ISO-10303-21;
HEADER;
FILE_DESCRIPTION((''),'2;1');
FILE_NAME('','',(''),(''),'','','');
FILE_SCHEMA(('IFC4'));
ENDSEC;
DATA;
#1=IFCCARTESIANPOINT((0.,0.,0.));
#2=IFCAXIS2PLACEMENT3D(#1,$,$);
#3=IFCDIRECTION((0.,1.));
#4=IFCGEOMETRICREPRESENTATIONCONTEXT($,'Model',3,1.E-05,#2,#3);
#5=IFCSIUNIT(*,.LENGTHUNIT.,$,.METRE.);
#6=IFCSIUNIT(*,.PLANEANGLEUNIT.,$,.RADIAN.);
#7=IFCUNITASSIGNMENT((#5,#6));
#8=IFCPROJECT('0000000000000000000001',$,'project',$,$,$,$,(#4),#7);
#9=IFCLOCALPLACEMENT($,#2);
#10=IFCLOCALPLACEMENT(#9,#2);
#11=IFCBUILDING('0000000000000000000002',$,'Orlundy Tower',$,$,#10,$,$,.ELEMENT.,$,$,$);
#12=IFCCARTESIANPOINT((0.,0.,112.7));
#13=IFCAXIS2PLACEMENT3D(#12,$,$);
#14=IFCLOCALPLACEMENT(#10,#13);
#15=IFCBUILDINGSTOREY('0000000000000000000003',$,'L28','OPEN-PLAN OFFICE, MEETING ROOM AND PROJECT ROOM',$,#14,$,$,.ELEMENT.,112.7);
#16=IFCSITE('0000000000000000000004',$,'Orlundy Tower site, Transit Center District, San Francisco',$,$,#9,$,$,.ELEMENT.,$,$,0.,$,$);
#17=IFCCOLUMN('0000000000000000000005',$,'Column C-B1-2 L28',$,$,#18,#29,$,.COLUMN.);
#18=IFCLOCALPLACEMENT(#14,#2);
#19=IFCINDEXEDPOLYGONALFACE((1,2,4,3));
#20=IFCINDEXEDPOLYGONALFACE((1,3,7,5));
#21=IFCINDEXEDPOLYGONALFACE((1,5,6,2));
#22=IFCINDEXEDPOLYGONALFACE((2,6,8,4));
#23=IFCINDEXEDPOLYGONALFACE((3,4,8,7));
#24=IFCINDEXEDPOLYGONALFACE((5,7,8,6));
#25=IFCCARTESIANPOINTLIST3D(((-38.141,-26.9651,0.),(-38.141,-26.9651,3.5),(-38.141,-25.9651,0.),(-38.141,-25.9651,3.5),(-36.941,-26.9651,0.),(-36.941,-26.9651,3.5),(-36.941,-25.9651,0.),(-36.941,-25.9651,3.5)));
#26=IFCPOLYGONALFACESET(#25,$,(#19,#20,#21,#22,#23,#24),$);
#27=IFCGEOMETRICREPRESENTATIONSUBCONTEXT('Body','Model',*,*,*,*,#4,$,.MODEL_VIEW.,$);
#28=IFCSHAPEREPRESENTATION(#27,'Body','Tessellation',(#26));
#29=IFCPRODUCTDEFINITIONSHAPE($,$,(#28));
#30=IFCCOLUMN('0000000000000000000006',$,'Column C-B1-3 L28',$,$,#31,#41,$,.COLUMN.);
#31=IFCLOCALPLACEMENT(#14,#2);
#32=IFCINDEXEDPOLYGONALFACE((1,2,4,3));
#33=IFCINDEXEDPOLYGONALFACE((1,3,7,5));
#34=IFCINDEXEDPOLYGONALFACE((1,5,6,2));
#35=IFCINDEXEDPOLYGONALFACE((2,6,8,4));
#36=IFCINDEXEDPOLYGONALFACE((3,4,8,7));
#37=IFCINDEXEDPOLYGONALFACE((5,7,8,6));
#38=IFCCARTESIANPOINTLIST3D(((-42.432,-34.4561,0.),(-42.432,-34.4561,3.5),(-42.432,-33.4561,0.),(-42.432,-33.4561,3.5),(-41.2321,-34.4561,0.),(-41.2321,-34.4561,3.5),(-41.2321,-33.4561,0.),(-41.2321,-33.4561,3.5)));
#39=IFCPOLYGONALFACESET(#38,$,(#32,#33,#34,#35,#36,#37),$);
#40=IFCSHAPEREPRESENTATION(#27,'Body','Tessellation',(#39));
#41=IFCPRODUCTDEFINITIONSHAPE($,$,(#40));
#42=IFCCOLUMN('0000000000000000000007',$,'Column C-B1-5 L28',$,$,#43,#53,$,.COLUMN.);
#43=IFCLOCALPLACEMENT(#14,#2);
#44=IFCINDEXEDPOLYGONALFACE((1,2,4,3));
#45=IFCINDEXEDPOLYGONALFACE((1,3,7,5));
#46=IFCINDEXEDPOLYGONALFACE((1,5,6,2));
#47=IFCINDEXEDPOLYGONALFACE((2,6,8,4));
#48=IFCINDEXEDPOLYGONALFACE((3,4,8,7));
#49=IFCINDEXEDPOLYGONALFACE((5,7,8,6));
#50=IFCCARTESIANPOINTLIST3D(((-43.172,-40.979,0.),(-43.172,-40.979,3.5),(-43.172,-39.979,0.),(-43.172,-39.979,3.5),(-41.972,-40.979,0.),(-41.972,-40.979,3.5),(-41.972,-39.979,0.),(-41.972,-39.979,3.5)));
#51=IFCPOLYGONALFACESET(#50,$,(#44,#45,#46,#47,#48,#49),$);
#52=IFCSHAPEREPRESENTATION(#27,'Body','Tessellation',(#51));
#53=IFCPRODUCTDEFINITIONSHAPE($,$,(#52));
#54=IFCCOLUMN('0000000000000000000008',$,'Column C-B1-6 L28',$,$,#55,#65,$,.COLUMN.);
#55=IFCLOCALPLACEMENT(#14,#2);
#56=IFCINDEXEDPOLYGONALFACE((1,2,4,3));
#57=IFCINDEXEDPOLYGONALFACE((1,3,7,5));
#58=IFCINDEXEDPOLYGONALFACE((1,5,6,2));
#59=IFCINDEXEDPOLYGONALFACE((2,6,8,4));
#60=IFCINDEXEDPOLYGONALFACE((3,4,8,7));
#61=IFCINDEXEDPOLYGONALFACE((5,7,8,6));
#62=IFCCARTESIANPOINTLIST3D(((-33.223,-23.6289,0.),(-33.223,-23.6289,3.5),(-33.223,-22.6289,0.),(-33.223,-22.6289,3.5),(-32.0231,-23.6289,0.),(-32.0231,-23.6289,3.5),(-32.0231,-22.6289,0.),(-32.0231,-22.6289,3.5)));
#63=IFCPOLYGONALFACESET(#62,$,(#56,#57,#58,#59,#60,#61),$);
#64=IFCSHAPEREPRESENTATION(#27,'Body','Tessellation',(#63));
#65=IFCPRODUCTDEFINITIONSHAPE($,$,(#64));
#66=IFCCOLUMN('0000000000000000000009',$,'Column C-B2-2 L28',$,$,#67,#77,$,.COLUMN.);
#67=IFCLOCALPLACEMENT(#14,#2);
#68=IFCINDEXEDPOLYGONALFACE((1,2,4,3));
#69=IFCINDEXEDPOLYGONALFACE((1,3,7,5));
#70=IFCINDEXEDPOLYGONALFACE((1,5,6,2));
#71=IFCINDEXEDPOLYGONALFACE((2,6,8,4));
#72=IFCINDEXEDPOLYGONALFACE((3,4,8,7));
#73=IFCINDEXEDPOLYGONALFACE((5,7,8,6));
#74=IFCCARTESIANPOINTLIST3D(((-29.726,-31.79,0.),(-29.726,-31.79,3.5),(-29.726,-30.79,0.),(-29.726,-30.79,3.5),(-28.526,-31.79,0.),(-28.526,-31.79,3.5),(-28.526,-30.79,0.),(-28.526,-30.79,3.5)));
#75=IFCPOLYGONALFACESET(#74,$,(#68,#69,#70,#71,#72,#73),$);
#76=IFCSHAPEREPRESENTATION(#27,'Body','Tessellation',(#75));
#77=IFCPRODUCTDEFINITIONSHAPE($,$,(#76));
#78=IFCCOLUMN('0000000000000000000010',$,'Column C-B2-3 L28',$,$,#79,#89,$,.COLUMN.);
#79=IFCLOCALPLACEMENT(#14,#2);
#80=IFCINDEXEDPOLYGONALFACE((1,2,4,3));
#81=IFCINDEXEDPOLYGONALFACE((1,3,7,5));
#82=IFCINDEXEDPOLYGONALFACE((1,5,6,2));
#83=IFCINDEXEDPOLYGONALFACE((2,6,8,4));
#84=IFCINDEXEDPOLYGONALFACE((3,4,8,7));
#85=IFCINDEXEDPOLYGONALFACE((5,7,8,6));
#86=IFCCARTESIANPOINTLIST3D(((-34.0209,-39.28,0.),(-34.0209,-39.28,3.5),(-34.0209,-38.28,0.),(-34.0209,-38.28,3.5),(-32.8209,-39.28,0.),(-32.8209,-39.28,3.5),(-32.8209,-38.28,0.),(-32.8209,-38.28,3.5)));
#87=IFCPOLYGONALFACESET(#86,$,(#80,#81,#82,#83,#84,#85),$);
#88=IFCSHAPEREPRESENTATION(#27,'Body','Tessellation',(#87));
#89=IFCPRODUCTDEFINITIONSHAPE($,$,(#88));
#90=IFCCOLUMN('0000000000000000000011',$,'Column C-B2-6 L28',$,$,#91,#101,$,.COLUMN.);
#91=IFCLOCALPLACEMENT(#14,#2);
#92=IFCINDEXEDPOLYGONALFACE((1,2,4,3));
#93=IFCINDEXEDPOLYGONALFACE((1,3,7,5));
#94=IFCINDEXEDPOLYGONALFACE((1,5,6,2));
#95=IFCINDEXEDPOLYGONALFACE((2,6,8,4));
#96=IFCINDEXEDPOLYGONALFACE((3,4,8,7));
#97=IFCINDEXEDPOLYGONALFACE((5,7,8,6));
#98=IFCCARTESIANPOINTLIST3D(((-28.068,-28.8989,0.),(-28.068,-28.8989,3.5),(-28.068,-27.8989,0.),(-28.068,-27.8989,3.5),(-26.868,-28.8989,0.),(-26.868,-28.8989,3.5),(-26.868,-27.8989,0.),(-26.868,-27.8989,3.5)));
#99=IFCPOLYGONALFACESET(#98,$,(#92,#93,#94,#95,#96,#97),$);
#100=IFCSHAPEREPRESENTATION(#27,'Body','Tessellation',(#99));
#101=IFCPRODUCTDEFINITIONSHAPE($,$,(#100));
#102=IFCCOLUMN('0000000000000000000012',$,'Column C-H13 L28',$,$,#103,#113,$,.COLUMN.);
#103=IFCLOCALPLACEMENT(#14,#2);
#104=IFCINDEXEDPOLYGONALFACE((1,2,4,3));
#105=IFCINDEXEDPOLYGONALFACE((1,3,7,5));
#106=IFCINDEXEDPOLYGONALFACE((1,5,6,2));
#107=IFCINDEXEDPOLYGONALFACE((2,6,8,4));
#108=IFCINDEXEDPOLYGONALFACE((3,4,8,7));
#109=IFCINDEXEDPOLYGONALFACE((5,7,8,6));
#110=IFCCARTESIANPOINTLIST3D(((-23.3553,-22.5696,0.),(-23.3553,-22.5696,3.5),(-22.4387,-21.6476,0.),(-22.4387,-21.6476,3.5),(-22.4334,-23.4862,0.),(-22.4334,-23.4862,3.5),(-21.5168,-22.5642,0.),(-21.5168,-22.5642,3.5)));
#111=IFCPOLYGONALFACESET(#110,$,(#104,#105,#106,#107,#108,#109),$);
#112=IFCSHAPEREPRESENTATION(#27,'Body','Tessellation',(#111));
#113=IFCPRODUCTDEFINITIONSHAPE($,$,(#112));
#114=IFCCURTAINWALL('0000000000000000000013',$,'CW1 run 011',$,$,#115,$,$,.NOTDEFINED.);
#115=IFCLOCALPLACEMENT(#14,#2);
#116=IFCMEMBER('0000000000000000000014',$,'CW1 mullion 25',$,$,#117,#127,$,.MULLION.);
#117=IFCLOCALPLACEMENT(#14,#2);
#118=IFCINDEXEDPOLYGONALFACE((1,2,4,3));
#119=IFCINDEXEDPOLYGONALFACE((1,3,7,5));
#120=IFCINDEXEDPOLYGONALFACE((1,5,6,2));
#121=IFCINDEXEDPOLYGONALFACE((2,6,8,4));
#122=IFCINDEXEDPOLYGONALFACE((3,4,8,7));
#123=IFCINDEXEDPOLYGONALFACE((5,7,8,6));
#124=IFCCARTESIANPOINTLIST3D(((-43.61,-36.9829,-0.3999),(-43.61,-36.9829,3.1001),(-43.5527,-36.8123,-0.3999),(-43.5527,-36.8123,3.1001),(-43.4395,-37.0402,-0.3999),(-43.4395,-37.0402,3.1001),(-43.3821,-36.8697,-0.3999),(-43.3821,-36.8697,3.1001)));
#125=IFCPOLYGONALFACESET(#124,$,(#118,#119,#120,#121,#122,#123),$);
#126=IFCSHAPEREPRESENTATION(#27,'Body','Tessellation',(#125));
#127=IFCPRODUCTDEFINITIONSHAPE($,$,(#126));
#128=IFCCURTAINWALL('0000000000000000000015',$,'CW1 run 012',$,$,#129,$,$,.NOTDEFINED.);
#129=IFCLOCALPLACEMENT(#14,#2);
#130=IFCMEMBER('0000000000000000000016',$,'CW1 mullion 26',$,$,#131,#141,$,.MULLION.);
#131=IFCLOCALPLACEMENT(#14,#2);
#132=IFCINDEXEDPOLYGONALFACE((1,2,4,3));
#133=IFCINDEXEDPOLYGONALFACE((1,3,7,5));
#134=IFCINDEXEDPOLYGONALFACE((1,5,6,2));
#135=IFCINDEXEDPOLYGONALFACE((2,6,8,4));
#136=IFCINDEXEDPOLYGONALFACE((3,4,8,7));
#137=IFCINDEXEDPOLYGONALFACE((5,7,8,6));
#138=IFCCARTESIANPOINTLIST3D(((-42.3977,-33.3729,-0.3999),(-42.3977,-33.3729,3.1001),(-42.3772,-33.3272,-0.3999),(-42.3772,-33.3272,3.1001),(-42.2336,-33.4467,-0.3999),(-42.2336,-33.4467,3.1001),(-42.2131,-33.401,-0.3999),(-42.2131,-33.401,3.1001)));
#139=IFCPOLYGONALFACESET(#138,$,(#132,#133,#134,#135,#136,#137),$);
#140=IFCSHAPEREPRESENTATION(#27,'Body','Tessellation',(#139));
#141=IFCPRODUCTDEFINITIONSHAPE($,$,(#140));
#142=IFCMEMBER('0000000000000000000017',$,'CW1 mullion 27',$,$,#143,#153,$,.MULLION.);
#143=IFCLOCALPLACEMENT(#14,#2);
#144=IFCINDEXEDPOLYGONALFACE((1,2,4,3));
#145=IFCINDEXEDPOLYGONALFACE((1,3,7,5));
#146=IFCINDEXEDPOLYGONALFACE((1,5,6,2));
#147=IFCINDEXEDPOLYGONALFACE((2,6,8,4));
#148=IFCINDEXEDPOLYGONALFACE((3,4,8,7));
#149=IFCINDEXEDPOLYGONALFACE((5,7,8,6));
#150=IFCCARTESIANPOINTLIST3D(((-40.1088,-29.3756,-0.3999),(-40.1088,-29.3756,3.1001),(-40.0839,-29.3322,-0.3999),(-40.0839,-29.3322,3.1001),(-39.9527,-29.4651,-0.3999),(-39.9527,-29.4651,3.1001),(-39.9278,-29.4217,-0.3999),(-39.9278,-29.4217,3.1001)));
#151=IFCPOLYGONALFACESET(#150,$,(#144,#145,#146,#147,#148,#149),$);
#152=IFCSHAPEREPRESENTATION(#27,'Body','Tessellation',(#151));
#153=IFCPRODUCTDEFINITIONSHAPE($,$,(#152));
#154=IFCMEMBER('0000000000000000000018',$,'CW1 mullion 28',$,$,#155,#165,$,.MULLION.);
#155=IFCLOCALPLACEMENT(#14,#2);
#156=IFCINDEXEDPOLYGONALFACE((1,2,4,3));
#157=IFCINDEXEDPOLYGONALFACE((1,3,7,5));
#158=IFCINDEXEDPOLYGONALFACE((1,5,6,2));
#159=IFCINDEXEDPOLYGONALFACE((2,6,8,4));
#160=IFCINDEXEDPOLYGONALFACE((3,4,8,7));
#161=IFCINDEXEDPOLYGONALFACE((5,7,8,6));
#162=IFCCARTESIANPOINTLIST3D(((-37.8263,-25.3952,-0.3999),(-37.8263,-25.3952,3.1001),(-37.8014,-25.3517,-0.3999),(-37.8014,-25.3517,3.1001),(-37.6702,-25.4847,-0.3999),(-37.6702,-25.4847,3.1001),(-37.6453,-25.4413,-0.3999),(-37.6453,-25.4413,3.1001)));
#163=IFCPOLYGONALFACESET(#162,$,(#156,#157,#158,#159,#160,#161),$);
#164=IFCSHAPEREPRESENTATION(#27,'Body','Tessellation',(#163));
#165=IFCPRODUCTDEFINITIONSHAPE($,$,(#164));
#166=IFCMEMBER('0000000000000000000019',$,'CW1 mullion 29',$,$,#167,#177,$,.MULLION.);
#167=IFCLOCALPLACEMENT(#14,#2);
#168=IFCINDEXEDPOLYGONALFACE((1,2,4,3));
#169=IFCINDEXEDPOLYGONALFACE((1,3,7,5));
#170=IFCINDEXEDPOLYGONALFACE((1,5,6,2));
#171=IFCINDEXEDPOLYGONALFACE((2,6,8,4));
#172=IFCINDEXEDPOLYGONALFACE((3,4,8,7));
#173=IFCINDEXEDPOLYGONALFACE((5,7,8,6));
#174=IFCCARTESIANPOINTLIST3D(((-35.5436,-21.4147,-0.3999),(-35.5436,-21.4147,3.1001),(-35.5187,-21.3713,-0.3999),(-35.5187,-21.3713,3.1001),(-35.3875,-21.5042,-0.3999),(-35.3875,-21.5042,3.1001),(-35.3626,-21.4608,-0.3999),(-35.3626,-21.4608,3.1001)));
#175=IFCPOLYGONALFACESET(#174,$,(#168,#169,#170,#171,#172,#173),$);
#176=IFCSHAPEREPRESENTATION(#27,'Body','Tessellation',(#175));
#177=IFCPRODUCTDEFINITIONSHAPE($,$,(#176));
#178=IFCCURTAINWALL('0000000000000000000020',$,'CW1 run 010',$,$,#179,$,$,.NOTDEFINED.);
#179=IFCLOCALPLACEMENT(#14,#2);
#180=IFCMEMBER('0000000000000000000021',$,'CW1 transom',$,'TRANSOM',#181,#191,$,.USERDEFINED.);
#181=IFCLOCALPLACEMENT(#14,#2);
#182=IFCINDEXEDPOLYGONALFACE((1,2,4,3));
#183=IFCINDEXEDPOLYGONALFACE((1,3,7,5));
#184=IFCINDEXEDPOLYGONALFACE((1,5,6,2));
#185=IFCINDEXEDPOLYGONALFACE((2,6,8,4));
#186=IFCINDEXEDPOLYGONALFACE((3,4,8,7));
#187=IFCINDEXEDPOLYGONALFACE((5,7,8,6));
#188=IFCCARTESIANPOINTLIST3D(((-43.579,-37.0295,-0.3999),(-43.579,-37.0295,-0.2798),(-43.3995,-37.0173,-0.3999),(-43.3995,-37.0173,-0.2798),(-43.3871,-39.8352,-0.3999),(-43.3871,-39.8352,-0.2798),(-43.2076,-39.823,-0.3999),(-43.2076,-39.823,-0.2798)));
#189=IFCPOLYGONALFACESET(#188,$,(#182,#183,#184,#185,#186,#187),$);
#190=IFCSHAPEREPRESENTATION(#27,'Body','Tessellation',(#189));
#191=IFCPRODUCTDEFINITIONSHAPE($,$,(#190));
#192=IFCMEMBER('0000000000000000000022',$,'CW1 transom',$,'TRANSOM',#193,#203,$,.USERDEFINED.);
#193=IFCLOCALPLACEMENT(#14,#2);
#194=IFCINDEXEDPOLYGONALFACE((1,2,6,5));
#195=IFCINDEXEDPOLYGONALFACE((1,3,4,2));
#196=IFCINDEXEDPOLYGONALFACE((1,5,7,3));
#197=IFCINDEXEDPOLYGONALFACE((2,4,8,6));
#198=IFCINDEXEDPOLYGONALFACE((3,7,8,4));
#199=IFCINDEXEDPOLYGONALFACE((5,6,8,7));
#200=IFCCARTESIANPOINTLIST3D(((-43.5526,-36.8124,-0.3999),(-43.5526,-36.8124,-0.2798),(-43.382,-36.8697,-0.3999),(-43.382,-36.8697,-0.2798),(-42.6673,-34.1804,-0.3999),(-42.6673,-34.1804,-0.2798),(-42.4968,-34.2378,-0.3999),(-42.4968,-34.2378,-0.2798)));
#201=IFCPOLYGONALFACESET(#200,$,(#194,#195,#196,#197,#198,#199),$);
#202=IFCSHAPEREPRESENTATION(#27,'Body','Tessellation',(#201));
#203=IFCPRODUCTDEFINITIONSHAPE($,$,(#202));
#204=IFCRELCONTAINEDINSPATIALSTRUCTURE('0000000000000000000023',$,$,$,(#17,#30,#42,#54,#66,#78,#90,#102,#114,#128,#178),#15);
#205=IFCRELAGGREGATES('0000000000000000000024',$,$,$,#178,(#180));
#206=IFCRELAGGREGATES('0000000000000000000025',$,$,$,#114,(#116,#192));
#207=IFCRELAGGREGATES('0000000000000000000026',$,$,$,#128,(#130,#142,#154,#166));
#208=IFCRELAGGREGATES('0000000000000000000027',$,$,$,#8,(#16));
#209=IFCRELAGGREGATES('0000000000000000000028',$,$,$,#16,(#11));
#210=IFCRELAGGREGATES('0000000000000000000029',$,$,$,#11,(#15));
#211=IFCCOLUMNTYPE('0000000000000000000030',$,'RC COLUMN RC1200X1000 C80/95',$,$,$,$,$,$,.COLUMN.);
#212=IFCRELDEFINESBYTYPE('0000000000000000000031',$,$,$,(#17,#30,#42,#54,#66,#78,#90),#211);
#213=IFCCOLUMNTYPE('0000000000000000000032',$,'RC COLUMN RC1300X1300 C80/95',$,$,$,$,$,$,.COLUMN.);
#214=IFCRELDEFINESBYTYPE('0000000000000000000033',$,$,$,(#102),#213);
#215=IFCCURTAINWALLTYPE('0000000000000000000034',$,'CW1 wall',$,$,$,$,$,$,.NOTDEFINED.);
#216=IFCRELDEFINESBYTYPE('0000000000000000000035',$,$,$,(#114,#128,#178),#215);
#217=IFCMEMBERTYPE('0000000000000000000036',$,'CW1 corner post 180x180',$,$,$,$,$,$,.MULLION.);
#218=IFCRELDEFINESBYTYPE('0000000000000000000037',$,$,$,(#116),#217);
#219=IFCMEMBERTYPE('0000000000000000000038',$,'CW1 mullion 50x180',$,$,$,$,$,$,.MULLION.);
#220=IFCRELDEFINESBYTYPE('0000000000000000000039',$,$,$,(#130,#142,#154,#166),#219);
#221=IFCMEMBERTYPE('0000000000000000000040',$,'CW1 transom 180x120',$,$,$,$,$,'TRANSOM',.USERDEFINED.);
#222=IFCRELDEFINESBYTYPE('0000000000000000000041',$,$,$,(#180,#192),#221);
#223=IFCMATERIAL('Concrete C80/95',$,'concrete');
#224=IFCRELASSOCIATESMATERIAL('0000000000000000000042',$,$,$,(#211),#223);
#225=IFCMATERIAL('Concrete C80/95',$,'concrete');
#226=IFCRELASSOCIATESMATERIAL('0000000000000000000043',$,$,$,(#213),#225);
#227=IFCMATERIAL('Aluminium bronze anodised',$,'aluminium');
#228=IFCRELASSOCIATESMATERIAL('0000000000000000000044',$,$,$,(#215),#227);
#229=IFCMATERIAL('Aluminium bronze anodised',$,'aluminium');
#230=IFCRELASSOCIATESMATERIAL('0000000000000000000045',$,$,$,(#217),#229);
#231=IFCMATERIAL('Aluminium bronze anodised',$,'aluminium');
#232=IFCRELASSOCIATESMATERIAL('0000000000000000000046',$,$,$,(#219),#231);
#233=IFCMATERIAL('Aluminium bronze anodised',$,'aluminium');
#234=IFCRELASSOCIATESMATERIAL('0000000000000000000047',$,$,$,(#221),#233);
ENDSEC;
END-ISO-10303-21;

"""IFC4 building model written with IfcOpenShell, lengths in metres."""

from ifc_helpers import new_model, si_unit, direction, frame, origin, origin_2d, place, context, subcontext, project, spatial, rectangle, extrude, material, material_profile, profile_set, type_object, element, aggregate, save


model = new_model("IFC4")

# Units and contexts
model_context = context("Model", 3, precision=1e-05, world=origin(), true_north=direction((0.0, 1.0)))
body_context = subcontext(model_context, "Body", "Model", "MODEL_VIEW")
ifc_project = project(units=[si_unit("LENGTHUNIT", "METRE"), si_unit("PLANEANGLEUNIT", "RADIAN")], contexts=[model_context])

# Site, building, storey
site_placement = place(None, origin())
site = spatial("IfcSite", under=ifc_project, at=site_placement, Name="Orlundy Tower site, Transit Center District, San Francisco", CompositionType="ELEMENT", RefElevation=0.0)
building_placement = place(site_placement, origin())
building = spatial("IfcBuilding", under=site, at=building_placement, Name="Orlundy Tower", CompositionType="ELEMENT")
storey_placement = place(building_placement, frame((0.0, 0.0, 112.7)))
storey = spatial("IfcBuildingStorey", under=building, at=storey_placement, Name="L28", Description="OPEN-PLAN OFFICE, MEETING ROOM AND PROJECT ROOM", CompositionType="ELEMENT", Elevation=112.7)

# Columns
ifc_material_1 = material(Name="Concrete C80/95", Category="concrete")
ifc_material_profile_1 = material_profile(ifc_material_1, rectangle(XDim=1.2, YDim=1.0, at=origin_2d()), Name="RC1200X1000")
ifc_profile_set_1 = profile_set([ifc_material_profile_1], Name="Concrete C80/95")
column_type_1 = type_object("IfcColumnType", Name="RC COLUMN RC1200X1000 C80/95", PredefinedType="COLUMN", material=ifc_profile_set_1)
for number, where, z_axis, x_axis, name in (
    (1, (-37.541, -26.4651, 0.0), (0.0, 0.0, 1.0), (1.0, 0.0, 0.0), "Column C-B1-2 L28"),
    (2, (-41.832, -33.9561, 0.0), (0.0, 0.0, 1.0), (1.0, 0.0, 0.0), "Column C-B1-3 L28"),
    (3, (-42.572, -40.479, 0.0), (0.0, 0.0, 1.0), (1.0, 0.0, 0.0), "Column C-B1-5 L28"),
    (4, (-32.623, -23.1289, 0.0), (0.0, 0.0, 1.0), (1.0, 0.0, 0.0), "Column C-B1-6 L28"),
    (5, (-29.126, -31.29, 0.0), (0.0, 0.0, 1.0), (1.0, 0.0, 0.0), "Column C-B2-2 L28"),
    (6, (-33.4209, -38.78, 0.0), (0.0, 0.0, 1.0), (1.0, 0.0, 0.0), "Column C-B2-3 L28"),
    (7, (-27.468, -28.3989, 0.0), (0.0, 0.0, 1.0), (1.0, 0.0, 0.0), "Column C-B2-6 L28"),
):
    element("IfcColumn", number, at=place(storey_placement, frame(where, z_axis=z_axis, x_axis=x_axis)), inside=storey, type_object=column_type_1, Name=name, PredefinedType="COLUMN", context=body_context, shape_type="SweptSolid", body=[
        extrude(rectangle(XDim=1.2, YDim=1.0, at=origin_2d()), origin(), (0.0, 0.0, 1.0), 3.5),
    ])
ifc_material_2 = material(Name="Concrete C80/95", Category="concrete")
ifc_material_profile_2 = material_profile(ifc_material_2, rectangle(XDim=1.3, YDim=1.3, at=origin_2d()), Name="RC1300X1300")
ifc_profile_set_2 = profile_set([ifc_material_profile_2], Name="Concrete C80/95")
column_type_2 = type_object("IfcColumnType", Name="RC COLUMN RC1300X1300 C80/95", PredefinedType="COLUMN", material=ifc_profile_set_2)
column_placement = place(storey_placement, frame((-22.436, -22.5669, 0.0), z_axis=(0.0, 0.0, 1.0), x_axis=(-0.705043, -0.709165, 0.0)))
element("IfcColumn", 8, at=column_placement, inside=storey, type_object=column_type_2, Name="Column C-H13 L28", PredefinedType="COLUMN", context=body_context, shape_type="SweptSolid", body=[
    extrude(rectangle(XDim=1.3, YDim=1.3, at=origin_2d()), origin(), (0.0, 0.0, 1.0), 3.5),
])

# Curtain wall, member
ifc_material_3 = material(Name="Aluminium bronze anodised", Category="aluminium")
curtain_wall_type = type_object("IfcCurtainWallType", Name="CW1 wall", PredefinedType="NOTDEFINED", material=ifc_material_3)
curtain_wall_1_placement = place(storey_placement, origin())
curtain_wall_1 = element("IfcCurtainWall", 9, at=curtain_wall_1_placement, inside=storey, type_object=curtain_wall_type, Name="CW1 run 011", PredefinedType="NOTDEFINED")
ifc_material_4 = material(Name="Aluminium bronze anodised", Category="aluminium")
ifc_material_profile_3 = material_profile(ifc_material_4, rectangle(XDim=0.1799, YDim=0.1799, at=origin_2d()), Name="CW1 corner post 180x180")
ifc_profile_set_3 = profile_set([ifc_material_profile_3], Name="Aluminium bronze anodised")
member_type_1 = type_object("IfcMemberType", Name="CW1 corner post 180x180", PredefinedType="MULLION", material=ifc_profile_set_3)
member_1_placement = place(storey_placement, frame((-43.4961, -36.9263, -0.3999), z_axis=(0.0, 0.0, 1.0), x_axis=(-0.947817, 0.318816, 0.0)))
member_1 = element("IfcMember", 10, at=member_1_placement, type_object=member_type_1, Name="CW1 mullion 25", PredefinedType="MULLION", context=body_context, shape_type="SweptSolid", body=[
    extrude(rectangle(XDim=0.1799, YDim=0.1799, at=origin_2d()), origin(), (0.0, 0.0, 1.0), 3.5),
])

# Curtain wall, members
curtain_wall_2_placement = place(storey_placement, origin())
curtain_wall_2 = element("IfcCurtainWall", 11, at=curtain_wall_2_placement, inside=storey, type_object=curtain_wall_type, Name="CW1 run 012", PredefinedType="NOTDEFINED")
ifc_material_5 = material(Name="Aluminium bronze anodised", Category="aluminium")
ifc_material_profile_4 = material_profile(ifc_material_5, rectangle(XDim=0.1799, YDim=0.05, at=origin_2d()), Name="CW1 mullion 50x180")
ifc_profile_set_4 = profile_set([ifc_material_profile_4], Name="Aluminium bronze anodised")
member_type_2 = type_object("IfcMemberType", Name="CW1 mullion 50x180", PredefinedType="MULLION", material=ifc_profile_set_4)
member_2_placement = place(storey_placement, frame((-42.3054, -33.387, -0.3999), z_axis=(0.0, 0.0, 1.0), x_axis=(-0.912034, 0.410114, 0.0)))
member_2 = element("IfcMember", 12, at=member_2_placement, type_object=member_type_2, Name="CW1 mullion 26", PredefinedType="MULLION", context=body_context, shape_type="SweptSolid", body=[
    extrude(rectangle(XDim=0.1799, YDim=0.05, at=origin_2d()), origin(), (0.0, 0.0, 1.0), 3.5),
])
member_3_placement = place(storey_placement, frame((-40.0183, -29.3987, -0.3999), z_axis=(0.0, 0.0, 1.0), x_axis=(-0.867482, 0.497468, 0.0)))
member_3 = element("IfcMember", 13, at=member_3_placement, type_object=member_type_2, Name="CW1 mullion 27", PredefinedType="MULLION", context=body_context, shape_type="SweptSolid", body=[
    extrude(rectangle(XDim=0.1799, YDim=0.05, at=origin_2d()), origin(), (0.0, 0.0, 1.0), 3.5),
])
member_4_placement = place(storey_placement, frame((-37.7358, -25.4182, -0.3999), z_axis=(0.0, 0.0, 1.0), x_axis=(-0.867482, 0.497468, 0.0)))
member_4 = element("IfcMember", 14, at=member_4_placement, type_object=member_type_2, Name="CW1 mullion 28", PredefinedType="MULLION", context=body_context, shape_type="SweptSolid", body=[
    extrude(rectangle(XDim=0.1799, YDim=0.05, at=origin_2d()), origin(), (0.0, 0.0, 1.0), 3.5),
])
member_5_placement = place(storey_placement, frame((-35.4531, -21.4377, -0.3999), z_axis=(0.0, 0.0, 1.0), x_axis=(-0.867482, 0.497468, 0.0)))
member_5 = element("IfcMember", 15, at=member_5_placement, type_object=member_type_2, Name="CW1 mullion 29", PredefinedType="MULLION", context=body_context, shape_type="SweptSolid", body=[
    extrude(rectangle(XDim=0.1799, YDim=0.05, at=origin_2d()), origin(), (0.0, 0.0, 1.0), 3.5),
])

# Curtain wall, member
curtain_wall_3_placement = place(storey_placement, origin())
curtain_wall_3 = element("IfcCurtainWall", 16, at=curtain_wall_3_placement, inside=storey, type_object=curtain_wall_type, Name="CW1 run 010", PredefinedType="NOTDEFINED")
ifc_material_6 = material(Name="Aluminium bronze anodised", Category="aluminium")
ifc_material_profile_5 = material_profile(ifc_material_6, rectangle(XDim=0.1799, YDim=0.1201, at=origin_2d()), Name="CW1 transom 180x120")
ifc_profile_set_5 = profile_set([ifc_material_profile_5], Name="Aluminium bronze anodised")
member_type_3 = type_object("IfcMemberType", Name="CW1 transom 180x120", ElementType="TRANSOM", PredefinedType="USERDEFINED", material=ifc_profile_set_5)
member_6_placement = place(storey_placement, frame((-43.2974, -39.8291, -0.3398), z_axis=(-0.068236, 0.997669, 0.0), x_axis=(-0.997669, -0.068236, 0.0)))
member_6 = element("IfcMember", 17, at=member_6_placement, type_object=member_type_3, Name="CW1 transom", ObjectType="TRANSOM", PredefinedType="USERDEFINED", context=body_context, shape_type="SweptSolid", body=[
    extrude(rectangle(XDim=0.1799, YDim=0.1201, at=origin_2d()), origin(), (0.0, 0.0, 1.0), 2.8123),
])

# Member
member_7_placement = place(storey_placement, frame((-43.4673, -36.8411, -0.3398), z_axis=(0.318785, 0.947827, 0.0), x_axis=(-0.947827, 0.318785, 0.0)))
member_7 = element("IfcMember", 18, at=member_7_placement, type_object=member_type_3, Name="CW1 transom", ObjectType="TRANSOM", PredefinedType="USERDEFINED", context=body_context, shape_type="SweptSolid", body=[
    extrude(rectangle(XDim=0.1799, YDim=0.1201, at=origin_2d()), origin(), (0.0, 0.0, 1.0), 2.7769),
])

aggregate(curtain_wall_3, [member_6])
aggregate(curtain_wall_1, [member_1, member_7])
aggregate(curtain_wall_2, [member_2, member_3, member_4, member_5])

save(model, "model.ifc")
